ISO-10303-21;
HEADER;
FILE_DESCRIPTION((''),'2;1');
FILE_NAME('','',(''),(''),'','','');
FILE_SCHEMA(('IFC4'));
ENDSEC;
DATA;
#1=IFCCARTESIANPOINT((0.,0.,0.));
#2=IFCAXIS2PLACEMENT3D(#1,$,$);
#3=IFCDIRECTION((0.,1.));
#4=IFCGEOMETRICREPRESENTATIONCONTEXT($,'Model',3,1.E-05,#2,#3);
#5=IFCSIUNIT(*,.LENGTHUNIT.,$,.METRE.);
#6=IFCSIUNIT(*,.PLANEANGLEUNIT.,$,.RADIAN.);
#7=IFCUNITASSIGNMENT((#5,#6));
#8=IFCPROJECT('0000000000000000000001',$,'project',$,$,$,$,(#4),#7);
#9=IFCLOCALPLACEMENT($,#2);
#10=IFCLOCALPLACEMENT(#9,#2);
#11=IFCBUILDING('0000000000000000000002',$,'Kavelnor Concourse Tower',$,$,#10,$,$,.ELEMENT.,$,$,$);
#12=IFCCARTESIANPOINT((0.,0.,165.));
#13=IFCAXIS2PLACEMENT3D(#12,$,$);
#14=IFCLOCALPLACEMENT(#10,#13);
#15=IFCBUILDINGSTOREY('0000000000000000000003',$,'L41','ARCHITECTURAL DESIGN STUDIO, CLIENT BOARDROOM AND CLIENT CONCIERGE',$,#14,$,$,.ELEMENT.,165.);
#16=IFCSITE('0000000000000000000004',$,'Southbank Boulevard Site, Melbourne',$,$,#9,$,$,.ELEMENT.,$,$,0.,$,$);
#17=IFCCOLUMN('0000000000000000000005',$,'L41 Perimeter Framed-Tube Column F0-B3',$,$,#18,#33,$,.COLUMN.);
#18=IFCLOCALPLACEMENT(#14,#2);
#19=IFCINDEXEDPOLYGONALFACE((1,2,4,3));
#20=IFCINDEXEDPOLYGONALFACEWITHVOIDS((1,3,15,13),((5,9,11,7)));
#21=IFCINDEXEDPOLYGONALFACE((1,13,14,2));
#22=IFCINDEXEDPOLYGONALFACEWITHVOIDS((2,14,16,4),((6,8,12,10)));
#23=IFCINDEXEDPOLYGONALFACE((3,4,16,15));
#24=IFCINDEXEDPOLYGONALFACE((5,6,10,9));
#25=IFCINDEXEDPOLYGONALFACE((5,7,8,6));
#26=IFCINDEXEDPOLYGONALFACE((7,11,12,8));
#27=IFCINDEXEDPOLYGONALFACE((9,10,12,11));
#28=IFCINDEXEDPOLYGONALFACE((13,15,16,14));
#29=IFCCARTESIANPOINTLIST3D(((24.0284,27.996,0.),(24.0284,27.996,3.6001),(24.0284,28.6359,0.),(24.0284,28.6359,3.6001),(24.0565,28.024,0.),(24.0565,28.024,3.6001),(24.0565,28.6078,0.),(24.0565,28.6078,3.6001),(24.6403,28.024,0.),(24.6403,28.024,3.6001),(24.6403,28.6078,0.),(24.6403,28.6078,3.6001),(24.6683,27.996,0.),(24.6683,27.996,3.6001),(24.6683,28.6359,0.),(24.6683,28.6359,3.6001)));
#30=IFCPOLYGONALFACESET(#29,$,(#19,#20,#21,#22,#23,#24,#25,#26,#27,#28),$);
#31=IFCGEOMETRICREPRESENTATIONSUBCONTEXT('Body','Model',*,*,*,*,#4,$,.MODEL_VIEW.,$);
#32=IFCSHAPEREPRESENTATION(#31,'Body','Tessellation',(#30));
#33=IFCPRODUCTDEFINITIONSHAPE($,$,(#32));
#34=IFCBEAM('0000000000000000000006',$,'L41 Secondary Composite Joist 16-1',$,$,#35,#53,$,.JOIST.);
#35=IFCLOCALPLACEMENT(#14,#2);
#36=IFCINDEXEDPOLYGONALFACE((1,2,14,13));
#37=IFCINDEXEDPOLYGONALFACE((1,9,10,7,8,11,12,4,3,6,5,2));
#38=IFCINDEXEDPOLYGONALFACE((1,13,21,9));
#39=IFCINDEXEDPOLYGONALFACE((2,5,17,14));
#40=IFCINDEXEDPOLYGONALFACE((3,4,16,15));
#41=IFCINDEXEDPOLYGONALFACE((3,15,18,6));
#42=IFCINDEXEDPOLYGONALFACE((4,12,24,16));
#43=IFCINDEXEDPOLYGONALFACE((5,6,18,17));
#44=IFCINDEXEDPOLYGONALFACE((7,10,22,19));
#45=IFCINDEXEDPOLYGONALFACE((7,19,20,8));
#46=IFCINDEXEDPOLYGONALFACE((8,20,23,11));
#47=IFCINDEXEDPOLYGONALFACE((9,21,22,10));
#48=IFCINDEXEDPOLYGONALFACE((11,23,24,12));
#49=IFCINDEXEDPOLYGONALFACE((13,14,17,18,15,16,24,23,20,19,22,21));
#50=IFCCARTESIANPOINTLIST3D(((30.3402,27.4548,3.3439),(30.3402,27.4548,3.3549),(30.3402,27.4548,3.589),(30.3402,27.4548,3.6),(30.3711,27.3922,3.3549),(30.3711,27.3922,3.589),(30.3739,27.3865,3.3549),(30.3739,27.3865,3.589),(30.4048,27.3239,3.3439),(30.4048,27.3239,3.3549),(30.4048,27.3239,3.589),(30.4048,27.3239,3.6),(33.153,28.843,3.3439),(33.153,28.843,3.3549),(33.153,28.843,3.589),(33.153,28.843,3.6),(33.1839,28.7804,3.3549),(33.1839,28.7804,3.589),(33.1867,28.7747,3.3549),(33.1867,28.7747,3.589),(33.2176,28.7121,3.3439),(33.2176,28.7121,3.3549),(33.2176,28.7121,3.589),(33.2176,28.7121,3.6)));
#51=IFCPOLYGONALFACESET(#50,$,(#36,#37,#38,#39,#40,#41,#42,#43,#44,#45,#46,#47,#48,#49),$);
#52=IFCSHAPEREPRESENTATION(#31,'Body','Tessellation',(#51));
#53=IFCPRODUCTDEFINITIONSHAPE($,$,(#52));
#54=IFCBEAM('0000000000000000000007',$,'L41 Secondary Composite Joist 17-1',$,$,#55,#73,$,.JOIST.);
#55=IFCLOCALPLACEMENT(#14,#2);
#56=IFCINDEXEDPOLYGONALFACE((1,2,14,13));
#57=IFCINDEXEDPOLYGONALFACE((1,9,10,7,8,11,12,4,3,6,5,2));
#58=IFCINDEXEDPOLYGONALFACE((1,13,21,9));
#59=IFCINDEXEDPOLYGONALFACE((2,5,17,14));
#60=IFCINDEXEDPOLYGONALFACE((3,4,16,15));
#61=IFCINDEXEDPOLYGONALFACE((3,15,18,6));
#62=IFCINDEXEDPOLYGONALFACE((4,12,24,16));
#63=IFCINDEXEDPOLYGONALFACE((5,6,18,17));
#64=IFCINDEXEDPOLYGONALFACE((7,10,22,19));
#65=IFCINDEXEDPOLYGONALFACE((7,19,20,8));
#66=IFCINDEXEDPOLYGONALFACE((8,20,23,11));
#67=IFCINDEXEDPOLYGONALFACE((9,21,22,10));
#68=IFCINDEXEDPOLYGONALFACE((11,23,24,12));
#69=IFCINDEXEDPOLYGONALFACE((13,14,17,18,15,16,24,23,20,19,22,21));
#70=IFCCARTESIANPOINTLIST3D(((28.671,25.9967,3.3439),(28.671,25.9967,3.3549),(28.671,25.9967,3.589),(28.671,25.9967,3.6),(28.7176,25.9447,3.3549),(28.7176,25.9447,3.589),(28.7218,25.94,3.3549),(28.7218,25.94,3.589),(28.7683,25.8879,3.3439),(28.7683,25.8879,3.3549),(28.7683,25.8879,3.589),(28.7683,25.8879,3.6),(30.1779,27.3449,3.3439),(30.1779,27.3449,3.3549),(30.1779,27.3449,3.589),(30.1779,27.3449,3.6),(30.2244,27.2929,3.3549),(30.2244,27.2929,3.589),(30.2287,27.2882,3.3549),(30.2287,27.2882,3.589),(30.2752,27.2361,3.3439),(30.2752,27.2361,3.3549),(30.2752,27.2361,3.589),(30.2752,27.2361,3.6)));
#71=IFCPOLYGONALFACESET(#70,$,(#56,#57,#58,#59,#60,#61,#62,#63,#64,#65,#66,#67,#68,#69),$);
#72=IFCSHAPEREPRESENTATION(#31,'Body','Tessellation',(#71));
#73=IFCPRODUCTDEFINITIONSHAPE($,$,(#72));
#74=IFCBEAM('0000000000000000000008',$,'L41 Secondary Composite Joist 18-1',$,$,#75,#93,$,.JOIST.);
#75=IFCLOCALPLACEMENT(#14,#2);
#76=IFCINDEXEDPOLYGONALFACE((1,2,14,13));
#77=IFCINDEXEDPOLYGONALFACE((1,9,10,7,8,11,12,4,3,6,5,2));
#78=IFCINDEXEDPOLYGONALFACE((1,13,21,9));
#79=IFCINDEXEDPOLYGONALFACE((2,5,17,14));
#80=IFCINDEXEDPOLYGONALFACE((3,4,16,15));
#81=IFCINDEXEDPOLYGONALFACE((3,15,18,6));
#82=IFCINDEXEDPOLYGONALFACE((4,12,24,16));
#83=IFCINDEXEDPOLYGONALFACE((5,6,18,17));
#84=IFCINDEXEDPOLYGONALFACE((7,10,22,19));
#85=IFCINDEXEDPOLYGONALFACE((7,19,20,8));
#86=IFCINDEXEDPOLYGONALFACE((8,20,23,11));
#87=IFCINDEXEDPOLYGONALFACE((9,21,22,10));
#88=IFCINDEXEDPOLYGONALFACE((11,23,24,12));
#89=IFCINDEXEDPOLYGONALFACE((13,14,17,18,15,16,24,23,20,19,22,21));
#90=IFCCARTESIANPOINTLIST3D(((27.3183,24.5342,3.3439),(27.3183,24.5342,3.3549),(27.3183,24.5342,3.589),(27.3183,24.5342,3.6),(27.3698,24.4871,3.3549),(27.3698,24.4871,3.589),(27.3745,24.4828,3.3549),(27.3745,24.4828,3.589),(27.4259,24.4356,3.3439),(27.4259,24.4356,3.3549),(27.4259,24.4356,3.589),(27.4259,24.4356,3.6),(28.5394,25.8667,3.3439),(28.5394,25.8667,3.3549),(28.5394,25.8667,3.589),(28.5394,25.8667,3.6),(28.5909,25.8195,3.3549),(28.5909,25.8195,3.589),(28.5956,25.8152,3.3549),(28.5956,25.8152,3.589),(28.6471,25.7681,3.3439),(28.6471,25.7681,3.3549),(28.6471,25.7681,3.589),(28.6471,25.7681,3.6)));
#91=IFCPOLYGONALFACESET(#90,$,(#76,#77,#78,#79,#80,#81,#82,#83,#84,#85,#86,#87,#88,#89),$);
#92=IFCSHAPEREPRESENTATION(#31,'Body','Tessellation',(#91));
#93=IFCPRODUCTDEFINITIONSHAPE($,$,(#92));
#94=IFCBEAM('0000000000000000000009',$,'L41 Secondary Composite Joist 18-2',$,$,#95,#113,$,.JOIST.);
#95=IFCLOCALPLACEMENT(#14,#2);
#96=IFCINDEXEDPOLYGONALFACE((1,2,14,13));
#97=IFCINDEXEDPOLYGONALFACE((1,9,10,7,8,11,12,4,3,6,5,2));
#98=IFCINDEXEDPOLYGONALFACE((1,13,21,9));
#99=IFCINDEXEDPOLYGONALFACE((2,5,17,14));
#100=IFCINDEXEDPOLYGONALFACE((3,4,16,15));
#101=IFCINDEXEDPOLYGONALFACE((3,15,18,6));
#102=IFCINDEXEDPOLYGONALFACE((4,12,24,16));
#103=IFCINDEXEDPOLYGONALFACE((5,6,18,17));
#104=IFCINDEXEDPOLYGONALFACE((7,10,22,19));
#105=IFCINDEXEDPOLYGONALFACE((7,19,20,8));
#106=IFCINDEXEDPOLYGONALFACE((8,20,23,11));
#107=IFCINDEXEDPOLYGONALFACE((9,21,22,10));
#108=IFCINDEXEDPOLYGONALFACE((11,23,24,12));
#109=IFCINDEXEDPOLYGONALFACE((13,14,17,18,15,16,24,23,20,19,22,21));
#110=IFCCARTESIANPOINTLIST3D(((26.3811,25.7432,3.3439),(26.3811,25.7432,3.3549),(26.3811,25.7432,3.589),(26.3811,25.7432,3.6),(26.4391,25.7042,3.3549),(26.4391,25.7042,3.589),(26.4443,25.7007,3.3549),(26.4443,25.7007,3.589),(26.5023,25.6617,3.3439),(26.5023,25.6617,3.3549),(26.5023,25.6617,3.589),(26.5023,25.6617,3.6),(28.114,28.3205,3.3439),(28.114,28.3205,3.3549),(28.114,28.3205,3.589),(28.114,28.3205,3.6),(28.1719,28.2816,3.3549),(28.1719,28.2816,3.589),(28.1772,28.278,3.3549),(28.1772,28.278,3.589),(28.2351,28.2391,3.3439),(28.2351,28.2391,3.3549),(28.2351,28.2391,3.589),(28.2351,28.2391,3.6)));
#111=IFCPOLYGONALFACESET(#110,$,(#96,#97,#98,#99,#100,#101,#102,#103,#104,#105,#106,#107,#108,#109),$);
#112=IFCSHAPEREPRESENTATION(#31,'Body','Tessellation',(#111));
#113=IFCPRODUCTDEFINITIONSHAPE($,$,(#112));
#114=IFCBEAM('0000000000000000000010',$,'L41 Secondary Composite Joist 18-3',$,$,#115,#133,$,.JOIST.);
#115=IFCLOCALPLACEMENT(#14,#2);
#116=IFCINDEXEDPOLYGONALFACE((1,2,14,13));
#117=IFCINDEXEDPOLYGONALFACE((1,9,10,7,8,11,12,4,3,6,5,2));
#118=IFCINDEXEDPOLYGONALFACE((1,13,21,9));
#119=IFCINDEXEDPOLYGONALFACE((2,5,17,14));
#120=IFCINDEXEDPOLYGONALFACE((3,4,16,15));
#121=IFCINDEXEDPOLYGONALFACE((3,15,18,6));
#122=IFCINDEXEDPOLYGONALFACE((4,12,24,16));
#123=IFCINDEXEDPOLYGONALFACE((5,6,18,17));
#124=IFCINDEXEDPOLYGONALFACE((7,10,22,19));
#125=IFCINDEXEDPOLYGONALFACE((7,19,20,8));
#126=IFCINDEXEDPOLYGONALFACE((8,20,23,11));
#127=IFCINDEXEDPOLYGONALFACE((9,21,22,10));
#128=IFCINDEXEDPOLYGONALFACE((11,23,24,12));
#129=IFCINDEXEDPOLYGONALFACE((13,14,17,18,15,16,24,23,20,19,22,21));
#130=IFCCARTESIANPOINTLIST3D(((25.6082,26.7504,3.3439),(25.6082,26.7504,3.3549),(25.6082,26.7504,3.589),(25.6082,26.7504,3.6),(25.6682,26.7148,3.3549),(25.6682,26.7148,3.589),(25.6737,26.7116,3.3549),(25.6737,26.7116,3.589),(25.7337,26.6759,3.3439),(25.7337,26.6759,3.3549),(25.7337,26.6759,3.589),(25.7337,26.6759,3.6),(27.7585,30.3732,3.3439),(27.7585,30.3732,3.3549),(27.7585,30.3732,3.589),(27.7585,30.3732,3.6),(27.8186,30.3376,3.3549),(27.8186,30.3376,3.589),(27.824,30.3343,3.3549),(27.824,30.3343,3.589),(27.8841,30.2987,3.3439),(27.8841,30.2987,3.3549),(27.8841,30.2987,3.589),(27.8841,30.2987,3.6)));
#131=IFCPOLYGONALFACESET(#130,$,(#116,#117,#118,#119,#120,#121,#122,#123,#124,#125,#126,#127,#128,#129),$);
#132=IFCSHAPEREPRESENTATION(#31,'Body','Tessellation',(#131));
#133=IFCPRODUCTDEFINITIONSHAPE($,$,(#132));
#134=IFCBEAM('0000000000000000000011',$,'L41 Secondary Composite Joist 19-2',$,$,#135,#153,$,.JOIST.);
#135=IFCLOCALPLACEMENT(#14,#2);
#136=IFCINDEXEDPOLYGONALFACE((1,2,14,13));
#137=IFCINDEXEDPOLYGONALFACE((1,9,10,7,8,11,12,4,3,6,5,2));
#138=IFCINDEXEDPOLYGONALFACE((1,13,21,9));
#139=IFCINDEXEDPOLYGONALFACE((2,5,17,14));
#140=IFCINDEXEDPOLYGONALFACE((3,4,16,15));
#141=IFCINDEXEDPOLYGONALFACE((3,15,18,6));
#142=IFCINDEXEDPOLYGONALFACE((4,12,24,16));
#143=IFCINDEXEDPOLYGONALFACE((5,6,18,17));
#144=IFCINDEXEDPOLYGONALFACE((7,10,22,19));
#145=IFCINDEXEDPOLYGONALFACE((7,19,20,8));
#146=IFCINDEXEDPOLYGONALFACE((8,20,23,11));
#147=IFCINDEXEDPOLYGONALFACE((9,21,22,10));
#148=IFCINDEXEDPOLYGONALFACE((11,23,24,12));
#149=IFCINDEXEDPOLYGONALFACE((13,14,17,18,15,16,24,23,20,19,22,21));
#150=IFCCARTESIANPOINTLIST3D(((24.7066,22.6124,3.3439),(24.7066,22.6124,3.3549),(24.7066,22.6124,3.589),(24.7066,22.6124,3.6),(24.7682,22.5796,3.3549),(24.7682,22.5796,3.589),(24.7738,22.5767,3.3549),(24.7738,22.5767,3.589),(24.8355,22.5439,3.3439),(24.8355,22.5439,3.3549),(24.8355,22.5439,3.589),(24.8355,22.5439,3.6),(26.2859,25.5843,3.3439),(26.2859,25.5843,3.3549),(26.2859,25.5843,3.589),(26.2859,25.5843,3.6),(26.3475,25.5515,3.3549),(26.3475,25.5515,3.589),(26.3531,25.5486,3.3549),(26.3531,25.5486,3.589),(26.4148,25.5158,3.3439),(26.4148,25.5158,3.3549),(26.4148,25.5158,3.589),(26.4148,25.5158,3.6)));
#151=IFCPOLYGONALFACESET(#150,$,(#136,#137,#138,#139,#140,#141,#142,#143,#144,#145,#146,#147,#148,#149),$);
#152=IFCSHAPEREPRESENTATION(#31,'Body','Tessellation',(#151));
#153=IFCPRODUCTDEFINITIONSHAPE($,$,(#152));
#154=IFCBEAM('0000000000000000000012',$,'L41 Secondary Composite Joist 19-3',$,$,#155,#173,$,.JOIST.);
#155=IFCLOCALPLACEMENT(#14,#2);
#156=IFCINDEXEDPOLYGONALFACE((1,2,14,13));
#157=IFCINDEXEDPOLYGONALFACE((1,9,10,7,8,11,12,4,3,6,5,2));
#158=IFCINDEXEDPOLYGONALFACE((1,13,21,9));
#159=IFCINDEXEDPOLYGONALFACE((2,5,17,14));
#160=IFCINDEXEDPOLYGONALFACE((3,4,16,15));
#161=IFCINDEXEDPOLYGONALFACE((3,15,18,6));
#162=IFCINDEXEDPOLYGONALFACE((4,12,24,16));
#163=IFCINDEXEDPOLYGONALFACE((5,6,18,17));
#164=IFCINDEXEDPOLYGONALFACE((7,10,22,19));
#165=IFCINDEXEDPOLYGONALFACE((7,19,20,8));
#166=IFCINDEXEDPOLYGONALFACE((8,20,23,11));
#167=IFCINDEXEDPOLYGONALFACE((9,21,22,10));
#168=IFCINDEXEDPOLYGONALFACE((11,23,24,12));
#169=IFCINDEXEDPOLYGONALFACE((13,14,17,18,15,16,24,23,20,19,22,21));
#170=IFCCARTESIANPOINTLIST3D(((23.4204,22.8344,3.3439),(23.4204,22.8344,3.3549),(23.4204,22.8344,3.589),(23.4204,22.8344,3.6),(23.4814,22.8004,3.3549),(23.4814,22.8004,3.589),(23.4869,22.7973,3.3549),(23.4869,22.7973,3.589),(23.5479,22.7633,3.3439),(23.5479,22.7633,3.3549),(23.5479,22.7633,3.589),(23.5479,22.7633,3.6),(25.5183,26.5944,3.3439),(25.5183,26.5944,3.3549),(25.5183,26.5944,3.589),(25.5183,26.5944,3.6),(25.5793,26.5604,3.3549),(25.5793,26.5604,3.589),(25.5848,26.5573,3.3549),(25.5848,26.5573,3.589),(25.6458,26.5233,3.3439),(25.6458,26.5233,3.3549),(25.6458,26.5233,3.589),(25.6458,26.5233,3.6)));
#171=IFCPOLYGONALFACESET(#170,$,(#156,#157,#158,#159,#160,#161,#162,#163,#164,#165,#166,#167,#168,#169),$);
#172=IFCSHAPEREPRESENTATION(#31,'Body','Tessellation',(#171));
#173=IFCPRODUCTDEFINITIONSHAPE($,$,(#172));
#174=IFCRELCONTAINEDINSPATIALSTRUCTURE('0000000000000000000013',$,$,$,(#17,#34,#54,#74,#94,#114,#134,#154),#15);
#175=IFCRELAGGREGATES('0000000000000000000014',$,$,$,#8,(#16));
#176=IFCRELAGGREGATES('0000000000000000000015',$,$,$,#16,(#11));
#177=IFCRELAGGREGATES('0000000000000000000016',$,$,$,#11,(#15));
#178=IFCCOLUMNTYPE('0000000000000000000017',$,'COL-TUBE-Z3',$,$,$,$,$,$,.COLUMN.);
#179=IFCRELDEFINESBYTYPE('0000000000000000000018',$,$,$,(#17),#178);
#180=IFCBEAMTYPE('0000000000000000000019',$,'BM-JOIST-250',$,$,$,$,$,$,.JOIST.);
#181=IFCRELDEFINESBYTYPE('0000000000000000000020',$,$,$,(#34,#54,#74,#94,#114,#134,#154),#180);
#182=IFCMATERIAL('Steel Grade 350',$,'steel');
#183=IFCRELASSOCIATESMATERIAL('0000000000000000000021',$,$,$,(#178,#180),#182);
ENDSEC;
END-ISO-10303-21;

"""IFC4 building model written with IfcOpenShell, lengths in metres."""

from ifc_helpers import new_model, si_unit, direction, frame, origin, origin_2d, place, context, subcontext, project, spatial, hollow_rectangle, i_section, extrude, material, material_profile, profile_set, type_object, element, save


model = new_model("IFC4")

# Units and contexts
model_context = context("Model", 3, precision=1e-05, world=origin(), true_north=direction((0.0, 1.0)))
body_context = subcontext(model_context, "Body", "Model", "MODEL_VIEW")
ifc_project = project(units=[si_unit("LENGTHUNIT", "METRE"), si_unit("PLANEANGLEUNIT", "RADIAN")], contexts=[model_context])

# Site, building, storey
site_placement = place(None, origin())
site = spatial("IfcSite", under=ifc_project, at=site_placement, Name="Southbank Boulevard Site, Melbourne", CompositionType="ELEMENT", RefElevation=0.0)
building_placement = place(site_placement, origin())
building = spatial("IfcBuilding", under=site, at=building_placement, Name="Kavelnor Concourse Tower", CompositionType="ELEMENT")
storey_placement = place(building_placement, frame((0.0, 0.0, 165.0)))
storey = spatial("IfcBuildingStorey", under=building, at=storey_placement, Name="L41", Description="ARCHITECTURAL DESIGN STUDIO, CLIENT BOARDROOM AND CLIENT CONCIERGE", CompositionType="ELEMENT", Elevation=165.0)

# Column
ifc_material_1 = material(Name="Steel Grade 350", Category="steel")
ifc_material_profile_1 = material_profile(ifc_material_1, hollow_rectangle(XDim=0.6399, YDim=0.6399, WallThickness=0.0281, at=origin_2d()), Name="SHS 640x640x28")
ifc_profile_set_1 = profile_set([ifc_material_profile_1], Name="Steel Grade 350")
column_type = type_object("IfcColumnType", Name="COL-TUBE-Z3", PredefinedType="COLUMN", material=ifc_profile_set_1)
column_placement = place(storey_placement, frame((24.3484, 28.3159, 0.0), z_axis=(0.0, 0.0, 1.0), x_axis=(1.0, 0.0, 0.0)))
element("IfcColumn", 1, at=column_placement, inside=storey, type_object=column_type, Name="L41 Perimeter Framed-Tube Column F0-B3", PredefinedType="COLUMN", context=body_context, shape_type="SweptSolid", body=[
    extrude(hollow_rectangle(XDim=0.6399, YDim=0.6399, WallThickness=0.0281, at=origin_2d()), origin(), (0.0, 0.0, 1.0), 3.6001),
])

# Beams
ifc_material_profile_2 = material_profile(ifc_material_1, i_section(OverallWidth=0.146, OverallDepth=0.2561, WebThickness=0.0063, FlangeThickness=0.011, at=origin_2d()), Name="250UB37")
ifc_profile_set_2 = profile_set([ifc_material_profile_2], Name="Steel Grade 350")
beam_type_1 = type_object("IfcBeamType", Name="BM-JOIST-250", PredefinedType="JOIST", material=ifc_profile_set_2)
beam_1_placement = place(storey_placement, frame((33.1853, 28.7776, 3.4719), z_axis=(-0.896735, -0.442569, 0.0), x_axis=(0.442569, -0.896735, 0.0)))
element("IfcBeam", 2, at=beam_1_placement, inside=storey, type_object=beam_type_1, Name="L41 Secondary Composite Joist 16-1", PredefinedType="JOIST", context=body_context, shape_type="SweptSolid", body=[
    extrude(i_section(OverallWidth=0.146, OverallDepth=0.2561, WebThickness=0.0063, FlangeThickness=0.011, at=origin_2d()), origin(), (0.0, 0.0, 1.0), 3.1367),
])
beam_2_placement = place(storey_placement, frame((30.2266, 27.2905, 3.4719), z_axis=(-0.74526, -0.666774, 0.0), x_axis=(0.666774, -0.74526, 0.0)))
element("IfcBeam", 3, at=beam_2_placement, inside=storey, type_object=beam_type_1, Name="L41 Secondary Composite Joist 17-1", PredefinedType="JOIST", context=body_context, shape_type="SweptSolid", body=[
    extrude(i_section(OverallWidth=0.146, OverallDepth=0.2561, WebThickness=0.0063, FlangeThickness=0.011, at=origin_2d()), origin(), (0.0, 0.0, 1.0), 2.022),
])
beam_3_placement = place(storey_placement, frame((28.5933, 25.8174, 3.4719), z_axis=(-0.675639, -0.737233, 0.0), x_axis=(0.737233, -0.675639, 0.0)))
element("IfcBeam", 4, at=beam_3_placement, inside=storey, type_object=beam_type_1, Name="L41 Secondary Composite Joist 18-1", PredefinedType="JOIST", context=body_context, shape_type="SweptSolid", body=[
    extrude(i_section(OverallWidth=0.146, OverallDepth=0.2561, WebThickness=0.0063, FlangeThickness=0.011, at=origin_2d()), origin(), (0.0, 0.0, 1.0), 1.8074),
])
beam_4_placement = place(storey_placement, frame((28.1746, 28.2798, 3.4719), z_axis=(-0.557961, -0.829867, 0.0), x_axis=(0.829867, -0.557961, 0.0)))
element("IfcBeam", 5, at=beam_4_placement, inside=storey, type_object=beam_type_1, Name="L41 Secondary Composite Joist 18-2", PredefinedType="JOIST", context=body_context, shape_type="SweptSolid", body=[
    extrude(i_section(OverallWidth=0.146, OverallDepth=0.2561, WebThickness=0.0063, FlangeThickness=0.011, at=origin_2d()), origin(), (0.0, 0.0, 1.0), 3.1057),
])
beam_5_placement = place(storey_placement, frame((27.8213, 30.3359, 3.4719), z_axis=(-0.510425, -0.859922, 0.0), x_axis=(0.859922, -0.510425, 0.0)))
element("IfcBeam", 6, at=beam_5_placement, inside=storey, type_object=beam_type_1, Name="L41 Secondary Composite Joist 18-3", PredefinedType="JOIST", context=body_context, shape_type="SweptSolid", body=[
    extrude(i_section(OverallWidth=0.146, OverallDepth=0.2561, WebThickness=0.0063, FlangeThickness=0.011, at=origin_2d()), origin(), (0.0, 0.0, 1.0), 4.2129),
])
beam_6_placement = place(storey_placement, frame((26.3503, 25.55, 3.4719), z_axis=(-0.469274, -0.883053, 0.0), x_axis=(0.883053, -0.469274, 0.0)))
element("IfcBeam", 7, at=beam_6_placement, inside=storey, type_object=beam_type_1, Name="L41 Secondary Composite Joist 19-2", PredefinedType="JOIST", context=body_context, shape_type="SweptSolid", body=[
    extrude(i_section(OverallWidth=0.146, OverallDepth=0.2561, WebThickness=0.0063, FlangeThickness=0.011, at=origin_2d()), origin(), (0.0, 0.0, 1.0), 3.3655),
])
beam_7_placement = place(storey_placement, frame((25.582, 26.5588, 3.4719), z_axis=(-0.48724, -0.873268, 0.0), x_axis=(0.873268, -0.48724, 0.0)))
element("IfcBeam", 8, at=beam_7_placement, inside=storey, type_object=beam_type_1, Name="L41 Secondary Composite Joist 19-3", PredefinedType="JOIST", context=body_context, shape_type="SweptSolid", body=[
    extrude(i_section(OverallWidth=0.146, OverallDepth=0.2561, WebThickness=0.0063, FlangeThickness=0.011, at=origin_2d()), origin(), (0.0, 0.0, 1.0), 4.3057),
])

save(model, "model.ifc")
